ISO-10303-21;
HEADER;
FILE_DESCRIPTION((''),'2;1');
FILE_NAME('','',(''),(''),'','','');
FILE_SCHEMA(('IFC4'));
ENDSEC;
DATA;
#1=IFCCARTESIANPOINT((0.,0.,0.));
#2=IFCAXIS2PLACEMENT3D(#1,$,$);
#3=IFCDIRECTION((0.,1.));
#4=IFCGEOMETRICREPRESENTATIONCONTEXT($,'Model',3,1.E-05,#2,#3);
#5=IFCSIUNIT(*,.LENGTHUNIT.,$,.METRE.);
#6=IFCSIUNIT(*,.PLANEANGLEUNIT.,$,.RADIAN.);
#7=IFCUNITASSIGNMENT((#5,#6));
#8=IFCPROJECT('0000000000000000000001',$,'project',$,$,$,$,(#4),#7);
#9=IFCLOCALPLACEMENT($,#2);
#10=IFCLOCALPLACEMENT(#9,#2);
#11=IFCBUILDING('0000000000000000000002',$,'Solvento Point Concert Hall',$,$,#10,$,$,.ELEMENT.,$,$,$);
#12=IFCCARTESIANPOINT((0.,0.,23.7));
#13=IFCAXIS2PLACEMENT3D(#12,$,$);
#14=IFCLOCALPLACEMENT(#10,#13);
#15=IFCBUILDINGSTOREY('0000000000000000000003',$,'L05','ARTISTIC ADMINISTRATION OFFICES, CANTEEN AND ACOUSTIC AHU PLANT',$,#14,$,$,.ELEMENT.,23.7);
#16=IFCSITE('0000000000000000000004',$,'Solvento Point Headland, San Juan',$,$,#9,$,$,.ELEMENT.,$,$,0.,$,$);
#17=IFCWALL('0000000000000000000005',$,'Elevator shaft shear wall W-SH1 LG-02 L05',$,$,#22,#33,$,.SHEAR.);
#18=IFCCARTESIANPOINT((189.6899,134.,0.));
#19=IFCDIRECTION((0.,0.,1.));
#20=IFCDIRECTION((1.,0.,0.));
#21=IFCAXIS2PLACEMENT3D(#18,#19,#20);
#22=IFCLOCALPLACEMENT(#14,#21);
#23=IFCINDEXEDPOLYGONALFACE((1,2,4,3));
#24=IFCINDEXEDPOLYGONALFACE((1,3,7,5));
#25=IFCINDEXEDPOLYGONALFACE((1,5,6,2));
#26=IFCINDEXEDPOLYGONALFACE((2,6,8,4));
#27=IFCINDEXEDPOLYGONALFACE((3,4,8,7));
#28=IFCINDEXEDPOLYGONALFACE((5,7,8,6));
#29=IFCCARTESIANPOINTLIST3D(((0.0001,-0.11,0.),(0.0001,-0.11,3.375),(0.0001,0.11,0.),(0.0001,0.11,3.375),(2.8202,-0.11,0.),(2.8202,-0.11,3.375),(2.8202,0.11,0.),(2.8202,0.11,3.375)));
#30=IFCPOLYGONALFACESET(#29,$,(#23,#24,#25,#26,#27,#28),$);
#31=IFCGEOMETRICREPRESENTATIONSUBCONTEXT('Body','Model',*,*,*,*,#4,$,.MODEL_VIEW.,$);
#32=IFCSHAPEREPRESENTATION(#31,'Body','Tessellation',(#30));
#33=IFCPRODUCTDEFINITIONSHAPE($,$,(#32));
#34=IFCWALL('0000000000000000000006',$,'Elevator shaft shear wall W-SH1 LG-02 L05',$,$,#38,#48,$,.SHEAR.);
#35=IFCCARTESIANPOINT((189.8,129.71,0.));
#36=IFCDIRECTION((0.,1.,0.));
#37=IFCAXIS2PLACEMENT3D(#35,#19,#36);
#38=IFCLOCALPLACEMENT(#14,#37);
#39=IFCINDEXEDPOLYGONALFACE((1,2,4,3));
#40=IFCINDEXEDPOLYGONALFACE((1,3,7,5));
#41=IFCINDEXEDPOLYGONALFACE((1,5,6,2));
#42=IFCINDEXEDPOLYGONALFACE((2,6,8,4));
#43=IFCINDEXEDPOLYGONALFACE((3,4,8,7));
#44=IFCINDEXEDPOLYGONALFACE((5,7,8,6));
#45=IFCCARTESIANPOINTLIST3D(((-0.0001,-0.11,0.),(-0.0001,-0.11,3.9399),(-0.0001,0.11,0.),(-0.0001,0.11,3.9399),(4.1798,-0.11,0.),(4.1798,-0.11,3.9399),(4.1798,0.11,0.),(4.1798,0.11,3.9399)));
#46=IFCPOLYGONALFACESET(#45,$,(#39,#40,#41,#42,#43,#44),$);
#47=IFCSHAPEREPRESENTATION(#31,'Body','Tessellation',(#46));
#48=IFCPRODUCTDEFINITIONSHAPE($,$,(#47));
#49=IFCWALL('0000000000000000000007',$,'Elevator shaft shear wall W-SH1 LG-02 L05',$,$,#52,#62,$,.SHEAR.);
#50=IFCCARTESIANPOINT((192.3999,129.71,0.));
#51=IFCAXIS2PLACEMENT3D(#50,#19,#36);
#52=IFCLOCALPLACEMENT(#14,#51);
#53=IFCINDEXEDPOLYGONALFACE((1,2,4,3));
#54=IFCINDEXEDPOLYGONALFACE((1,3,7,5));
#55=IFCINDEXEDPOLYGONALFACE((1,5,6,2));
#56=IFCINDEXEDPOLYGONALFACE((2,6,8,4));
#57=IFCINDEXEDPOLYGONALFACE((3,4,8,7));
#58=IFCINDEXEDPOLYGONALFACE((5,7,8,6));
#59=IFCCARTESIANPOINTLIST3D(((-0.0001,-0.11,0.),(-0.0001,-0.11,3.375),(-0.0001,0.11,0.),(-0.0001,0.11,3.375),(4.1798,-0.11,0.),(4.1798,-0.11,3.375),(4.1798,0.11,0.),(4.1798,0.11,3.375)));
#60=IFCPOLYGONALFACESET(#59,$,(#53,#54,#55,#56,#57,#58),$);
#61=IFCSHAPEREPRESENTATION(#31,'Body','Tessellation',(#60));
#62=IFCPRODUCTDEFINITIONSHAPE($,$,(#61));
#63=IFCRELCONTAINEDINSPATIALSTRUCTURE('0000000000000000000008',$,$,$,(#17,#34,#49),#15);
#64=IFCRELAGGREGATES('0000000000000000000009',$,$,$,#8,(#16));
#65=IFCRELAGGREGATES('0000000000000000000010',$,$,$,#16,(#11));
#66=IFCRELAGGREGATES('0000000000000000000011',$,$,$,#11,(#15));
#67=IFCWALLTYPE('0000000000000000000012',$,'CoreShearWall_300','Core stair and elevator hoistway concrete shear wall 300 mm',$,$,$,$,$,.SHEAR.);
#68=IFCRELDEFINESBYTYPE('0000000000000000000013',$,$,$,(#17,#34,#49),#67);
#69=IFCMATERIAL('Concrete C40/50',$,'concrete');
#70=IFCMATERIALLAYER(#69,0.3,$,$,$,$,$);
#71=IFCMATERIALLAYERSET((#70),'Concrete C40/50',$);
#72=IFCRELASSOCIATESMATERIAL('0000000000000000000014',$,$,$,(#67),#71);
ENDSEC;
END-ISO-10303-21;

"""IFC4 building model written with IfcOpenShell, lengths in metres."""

from ifc_helpers import new_model, si_unit, direction, frame, frame_2d, origin, place, context, subcontext, project, spatial, rectangle, extrude, material, layer, layer_set, type_object, element, save


model = new_model("IFC4")

# Units and contexts
model_context = context("Model", 3, precision=1e-05, world=origin(), true_north=direction((0.0, 1.0)))
body_context = subcontext(model_context, "Body", "Model", "MODEL_VIEW")
ifc_project = project(units=[si_unit("LENGTHUNIT", "METRE"), si_unit("PLANEANGLEUNIT", "RADIAN")], contexts=[model_context])

# Site, building, storey
site_placement = place(None, origin())
site = spatial("IfcSite", under=ifc_project, at=site_placement, Name="Solvento Point Headland, San Juan", CompositionType="ELEMENT", RefElevation=0.0)
building_placement = place(site_placement, origin())
building = spatial("IfcBuilding", under=site, at=building_placement, Name="Solvento Point Concert Hall", CompositionType="ELEMENT")
storey_placement = place(building_placement, frame((0.0, 0.0, 23.7)))
storey = spatial("IfcBuildingStorey", under=building, at=storey_placement, Name="L05", Description="ARTISTIC ADMINISTRATION OFFICES, CANTEEN AND ACOUSTIC AHU PLANT", CompositionType="ELEMENT", Elevation=23.7)

# Shared definitions
ifc_material_1 = material(Name="Concrete C40/50", Category="concrete")
ifc_layer_1 = layer(ifc_material_1, 0.3)
ifc_layer_set_1 = layer_set([ifc_layer_1], Name="Concrete C40/50")
wall_type_1 = type_object("IfcWallType", Name="CoreShearWall_300", Description="Core stair and elevator hoistway concrete shear wall 300 mm", PredefinedType="SHEAR", material=ifc_layer_set_1)

# Walls
wall_1_placement = place(storey_placement, frame((189.6899, 134.0, 0.0), z_axis=(0.0, 0.0, 1.0), x_axis=(1.0, 0.0, 0.0)))
element("IfcWall", 1, at=wall_1_placement, inside=storey, type_object=wall_type_1, Name="Elevator shaft shear wall W-SH1 LG-02 L05", PredefinedType="SHEAR", context=body_context, shape_type="SweptSolid", body=[
    extrude(rectangle(XDim=2.8201, YDim=0.22, at=frame_2d((1.4102, 0.0))), origin(), (0.0, 0.0, 1.0), 3.375),
])
wall_2_placement = place(storey_placement, frame((189.8, 129.71, 0.0), z_axis=(0.0, 0.0, 1.0), x_axis=(0.0, 1.0, 0.0)))
element("IfcWall", 2, at=wall_2_placement, inside=storey, type_object=wall_type_1, Name="Elevator shaft shear wall W-SH1 LG-02 L05", PredefinedType="SHEAR", context=body_context, shape_type="SweptSolid", body=[
    extrude(rectangle(XDim=4.1799, YDim=0.22, at=frame_2d((2.0898, 0.0))), origin(), (0.0, 0.0, 1.0), 3.9399),
])
wall_3_placement = place(storey_placement, frame((192.3999, 129.71, 0.0), z_axis=(0.0, 0.0, 1.0), x_axis=(0.0, 1.0, 0.0)))
element("IfcWall", 3, at=wall_3_placement, inside=storey, type_object=wall_type_1, Name="Elevator shaft shear wall W-SH1 LG-02 L05", PredefinedType="SHEAR", context=body_context, shape_type="SweptSolid", body=[
    extrude(rectangle(XDim=4.1799, YDim=0.22, at=frame_2d((2.0898, 0.0))), origin(), (0.0, 0.0, 1.0), 3.375),
])

save(model, "model.ifc")
